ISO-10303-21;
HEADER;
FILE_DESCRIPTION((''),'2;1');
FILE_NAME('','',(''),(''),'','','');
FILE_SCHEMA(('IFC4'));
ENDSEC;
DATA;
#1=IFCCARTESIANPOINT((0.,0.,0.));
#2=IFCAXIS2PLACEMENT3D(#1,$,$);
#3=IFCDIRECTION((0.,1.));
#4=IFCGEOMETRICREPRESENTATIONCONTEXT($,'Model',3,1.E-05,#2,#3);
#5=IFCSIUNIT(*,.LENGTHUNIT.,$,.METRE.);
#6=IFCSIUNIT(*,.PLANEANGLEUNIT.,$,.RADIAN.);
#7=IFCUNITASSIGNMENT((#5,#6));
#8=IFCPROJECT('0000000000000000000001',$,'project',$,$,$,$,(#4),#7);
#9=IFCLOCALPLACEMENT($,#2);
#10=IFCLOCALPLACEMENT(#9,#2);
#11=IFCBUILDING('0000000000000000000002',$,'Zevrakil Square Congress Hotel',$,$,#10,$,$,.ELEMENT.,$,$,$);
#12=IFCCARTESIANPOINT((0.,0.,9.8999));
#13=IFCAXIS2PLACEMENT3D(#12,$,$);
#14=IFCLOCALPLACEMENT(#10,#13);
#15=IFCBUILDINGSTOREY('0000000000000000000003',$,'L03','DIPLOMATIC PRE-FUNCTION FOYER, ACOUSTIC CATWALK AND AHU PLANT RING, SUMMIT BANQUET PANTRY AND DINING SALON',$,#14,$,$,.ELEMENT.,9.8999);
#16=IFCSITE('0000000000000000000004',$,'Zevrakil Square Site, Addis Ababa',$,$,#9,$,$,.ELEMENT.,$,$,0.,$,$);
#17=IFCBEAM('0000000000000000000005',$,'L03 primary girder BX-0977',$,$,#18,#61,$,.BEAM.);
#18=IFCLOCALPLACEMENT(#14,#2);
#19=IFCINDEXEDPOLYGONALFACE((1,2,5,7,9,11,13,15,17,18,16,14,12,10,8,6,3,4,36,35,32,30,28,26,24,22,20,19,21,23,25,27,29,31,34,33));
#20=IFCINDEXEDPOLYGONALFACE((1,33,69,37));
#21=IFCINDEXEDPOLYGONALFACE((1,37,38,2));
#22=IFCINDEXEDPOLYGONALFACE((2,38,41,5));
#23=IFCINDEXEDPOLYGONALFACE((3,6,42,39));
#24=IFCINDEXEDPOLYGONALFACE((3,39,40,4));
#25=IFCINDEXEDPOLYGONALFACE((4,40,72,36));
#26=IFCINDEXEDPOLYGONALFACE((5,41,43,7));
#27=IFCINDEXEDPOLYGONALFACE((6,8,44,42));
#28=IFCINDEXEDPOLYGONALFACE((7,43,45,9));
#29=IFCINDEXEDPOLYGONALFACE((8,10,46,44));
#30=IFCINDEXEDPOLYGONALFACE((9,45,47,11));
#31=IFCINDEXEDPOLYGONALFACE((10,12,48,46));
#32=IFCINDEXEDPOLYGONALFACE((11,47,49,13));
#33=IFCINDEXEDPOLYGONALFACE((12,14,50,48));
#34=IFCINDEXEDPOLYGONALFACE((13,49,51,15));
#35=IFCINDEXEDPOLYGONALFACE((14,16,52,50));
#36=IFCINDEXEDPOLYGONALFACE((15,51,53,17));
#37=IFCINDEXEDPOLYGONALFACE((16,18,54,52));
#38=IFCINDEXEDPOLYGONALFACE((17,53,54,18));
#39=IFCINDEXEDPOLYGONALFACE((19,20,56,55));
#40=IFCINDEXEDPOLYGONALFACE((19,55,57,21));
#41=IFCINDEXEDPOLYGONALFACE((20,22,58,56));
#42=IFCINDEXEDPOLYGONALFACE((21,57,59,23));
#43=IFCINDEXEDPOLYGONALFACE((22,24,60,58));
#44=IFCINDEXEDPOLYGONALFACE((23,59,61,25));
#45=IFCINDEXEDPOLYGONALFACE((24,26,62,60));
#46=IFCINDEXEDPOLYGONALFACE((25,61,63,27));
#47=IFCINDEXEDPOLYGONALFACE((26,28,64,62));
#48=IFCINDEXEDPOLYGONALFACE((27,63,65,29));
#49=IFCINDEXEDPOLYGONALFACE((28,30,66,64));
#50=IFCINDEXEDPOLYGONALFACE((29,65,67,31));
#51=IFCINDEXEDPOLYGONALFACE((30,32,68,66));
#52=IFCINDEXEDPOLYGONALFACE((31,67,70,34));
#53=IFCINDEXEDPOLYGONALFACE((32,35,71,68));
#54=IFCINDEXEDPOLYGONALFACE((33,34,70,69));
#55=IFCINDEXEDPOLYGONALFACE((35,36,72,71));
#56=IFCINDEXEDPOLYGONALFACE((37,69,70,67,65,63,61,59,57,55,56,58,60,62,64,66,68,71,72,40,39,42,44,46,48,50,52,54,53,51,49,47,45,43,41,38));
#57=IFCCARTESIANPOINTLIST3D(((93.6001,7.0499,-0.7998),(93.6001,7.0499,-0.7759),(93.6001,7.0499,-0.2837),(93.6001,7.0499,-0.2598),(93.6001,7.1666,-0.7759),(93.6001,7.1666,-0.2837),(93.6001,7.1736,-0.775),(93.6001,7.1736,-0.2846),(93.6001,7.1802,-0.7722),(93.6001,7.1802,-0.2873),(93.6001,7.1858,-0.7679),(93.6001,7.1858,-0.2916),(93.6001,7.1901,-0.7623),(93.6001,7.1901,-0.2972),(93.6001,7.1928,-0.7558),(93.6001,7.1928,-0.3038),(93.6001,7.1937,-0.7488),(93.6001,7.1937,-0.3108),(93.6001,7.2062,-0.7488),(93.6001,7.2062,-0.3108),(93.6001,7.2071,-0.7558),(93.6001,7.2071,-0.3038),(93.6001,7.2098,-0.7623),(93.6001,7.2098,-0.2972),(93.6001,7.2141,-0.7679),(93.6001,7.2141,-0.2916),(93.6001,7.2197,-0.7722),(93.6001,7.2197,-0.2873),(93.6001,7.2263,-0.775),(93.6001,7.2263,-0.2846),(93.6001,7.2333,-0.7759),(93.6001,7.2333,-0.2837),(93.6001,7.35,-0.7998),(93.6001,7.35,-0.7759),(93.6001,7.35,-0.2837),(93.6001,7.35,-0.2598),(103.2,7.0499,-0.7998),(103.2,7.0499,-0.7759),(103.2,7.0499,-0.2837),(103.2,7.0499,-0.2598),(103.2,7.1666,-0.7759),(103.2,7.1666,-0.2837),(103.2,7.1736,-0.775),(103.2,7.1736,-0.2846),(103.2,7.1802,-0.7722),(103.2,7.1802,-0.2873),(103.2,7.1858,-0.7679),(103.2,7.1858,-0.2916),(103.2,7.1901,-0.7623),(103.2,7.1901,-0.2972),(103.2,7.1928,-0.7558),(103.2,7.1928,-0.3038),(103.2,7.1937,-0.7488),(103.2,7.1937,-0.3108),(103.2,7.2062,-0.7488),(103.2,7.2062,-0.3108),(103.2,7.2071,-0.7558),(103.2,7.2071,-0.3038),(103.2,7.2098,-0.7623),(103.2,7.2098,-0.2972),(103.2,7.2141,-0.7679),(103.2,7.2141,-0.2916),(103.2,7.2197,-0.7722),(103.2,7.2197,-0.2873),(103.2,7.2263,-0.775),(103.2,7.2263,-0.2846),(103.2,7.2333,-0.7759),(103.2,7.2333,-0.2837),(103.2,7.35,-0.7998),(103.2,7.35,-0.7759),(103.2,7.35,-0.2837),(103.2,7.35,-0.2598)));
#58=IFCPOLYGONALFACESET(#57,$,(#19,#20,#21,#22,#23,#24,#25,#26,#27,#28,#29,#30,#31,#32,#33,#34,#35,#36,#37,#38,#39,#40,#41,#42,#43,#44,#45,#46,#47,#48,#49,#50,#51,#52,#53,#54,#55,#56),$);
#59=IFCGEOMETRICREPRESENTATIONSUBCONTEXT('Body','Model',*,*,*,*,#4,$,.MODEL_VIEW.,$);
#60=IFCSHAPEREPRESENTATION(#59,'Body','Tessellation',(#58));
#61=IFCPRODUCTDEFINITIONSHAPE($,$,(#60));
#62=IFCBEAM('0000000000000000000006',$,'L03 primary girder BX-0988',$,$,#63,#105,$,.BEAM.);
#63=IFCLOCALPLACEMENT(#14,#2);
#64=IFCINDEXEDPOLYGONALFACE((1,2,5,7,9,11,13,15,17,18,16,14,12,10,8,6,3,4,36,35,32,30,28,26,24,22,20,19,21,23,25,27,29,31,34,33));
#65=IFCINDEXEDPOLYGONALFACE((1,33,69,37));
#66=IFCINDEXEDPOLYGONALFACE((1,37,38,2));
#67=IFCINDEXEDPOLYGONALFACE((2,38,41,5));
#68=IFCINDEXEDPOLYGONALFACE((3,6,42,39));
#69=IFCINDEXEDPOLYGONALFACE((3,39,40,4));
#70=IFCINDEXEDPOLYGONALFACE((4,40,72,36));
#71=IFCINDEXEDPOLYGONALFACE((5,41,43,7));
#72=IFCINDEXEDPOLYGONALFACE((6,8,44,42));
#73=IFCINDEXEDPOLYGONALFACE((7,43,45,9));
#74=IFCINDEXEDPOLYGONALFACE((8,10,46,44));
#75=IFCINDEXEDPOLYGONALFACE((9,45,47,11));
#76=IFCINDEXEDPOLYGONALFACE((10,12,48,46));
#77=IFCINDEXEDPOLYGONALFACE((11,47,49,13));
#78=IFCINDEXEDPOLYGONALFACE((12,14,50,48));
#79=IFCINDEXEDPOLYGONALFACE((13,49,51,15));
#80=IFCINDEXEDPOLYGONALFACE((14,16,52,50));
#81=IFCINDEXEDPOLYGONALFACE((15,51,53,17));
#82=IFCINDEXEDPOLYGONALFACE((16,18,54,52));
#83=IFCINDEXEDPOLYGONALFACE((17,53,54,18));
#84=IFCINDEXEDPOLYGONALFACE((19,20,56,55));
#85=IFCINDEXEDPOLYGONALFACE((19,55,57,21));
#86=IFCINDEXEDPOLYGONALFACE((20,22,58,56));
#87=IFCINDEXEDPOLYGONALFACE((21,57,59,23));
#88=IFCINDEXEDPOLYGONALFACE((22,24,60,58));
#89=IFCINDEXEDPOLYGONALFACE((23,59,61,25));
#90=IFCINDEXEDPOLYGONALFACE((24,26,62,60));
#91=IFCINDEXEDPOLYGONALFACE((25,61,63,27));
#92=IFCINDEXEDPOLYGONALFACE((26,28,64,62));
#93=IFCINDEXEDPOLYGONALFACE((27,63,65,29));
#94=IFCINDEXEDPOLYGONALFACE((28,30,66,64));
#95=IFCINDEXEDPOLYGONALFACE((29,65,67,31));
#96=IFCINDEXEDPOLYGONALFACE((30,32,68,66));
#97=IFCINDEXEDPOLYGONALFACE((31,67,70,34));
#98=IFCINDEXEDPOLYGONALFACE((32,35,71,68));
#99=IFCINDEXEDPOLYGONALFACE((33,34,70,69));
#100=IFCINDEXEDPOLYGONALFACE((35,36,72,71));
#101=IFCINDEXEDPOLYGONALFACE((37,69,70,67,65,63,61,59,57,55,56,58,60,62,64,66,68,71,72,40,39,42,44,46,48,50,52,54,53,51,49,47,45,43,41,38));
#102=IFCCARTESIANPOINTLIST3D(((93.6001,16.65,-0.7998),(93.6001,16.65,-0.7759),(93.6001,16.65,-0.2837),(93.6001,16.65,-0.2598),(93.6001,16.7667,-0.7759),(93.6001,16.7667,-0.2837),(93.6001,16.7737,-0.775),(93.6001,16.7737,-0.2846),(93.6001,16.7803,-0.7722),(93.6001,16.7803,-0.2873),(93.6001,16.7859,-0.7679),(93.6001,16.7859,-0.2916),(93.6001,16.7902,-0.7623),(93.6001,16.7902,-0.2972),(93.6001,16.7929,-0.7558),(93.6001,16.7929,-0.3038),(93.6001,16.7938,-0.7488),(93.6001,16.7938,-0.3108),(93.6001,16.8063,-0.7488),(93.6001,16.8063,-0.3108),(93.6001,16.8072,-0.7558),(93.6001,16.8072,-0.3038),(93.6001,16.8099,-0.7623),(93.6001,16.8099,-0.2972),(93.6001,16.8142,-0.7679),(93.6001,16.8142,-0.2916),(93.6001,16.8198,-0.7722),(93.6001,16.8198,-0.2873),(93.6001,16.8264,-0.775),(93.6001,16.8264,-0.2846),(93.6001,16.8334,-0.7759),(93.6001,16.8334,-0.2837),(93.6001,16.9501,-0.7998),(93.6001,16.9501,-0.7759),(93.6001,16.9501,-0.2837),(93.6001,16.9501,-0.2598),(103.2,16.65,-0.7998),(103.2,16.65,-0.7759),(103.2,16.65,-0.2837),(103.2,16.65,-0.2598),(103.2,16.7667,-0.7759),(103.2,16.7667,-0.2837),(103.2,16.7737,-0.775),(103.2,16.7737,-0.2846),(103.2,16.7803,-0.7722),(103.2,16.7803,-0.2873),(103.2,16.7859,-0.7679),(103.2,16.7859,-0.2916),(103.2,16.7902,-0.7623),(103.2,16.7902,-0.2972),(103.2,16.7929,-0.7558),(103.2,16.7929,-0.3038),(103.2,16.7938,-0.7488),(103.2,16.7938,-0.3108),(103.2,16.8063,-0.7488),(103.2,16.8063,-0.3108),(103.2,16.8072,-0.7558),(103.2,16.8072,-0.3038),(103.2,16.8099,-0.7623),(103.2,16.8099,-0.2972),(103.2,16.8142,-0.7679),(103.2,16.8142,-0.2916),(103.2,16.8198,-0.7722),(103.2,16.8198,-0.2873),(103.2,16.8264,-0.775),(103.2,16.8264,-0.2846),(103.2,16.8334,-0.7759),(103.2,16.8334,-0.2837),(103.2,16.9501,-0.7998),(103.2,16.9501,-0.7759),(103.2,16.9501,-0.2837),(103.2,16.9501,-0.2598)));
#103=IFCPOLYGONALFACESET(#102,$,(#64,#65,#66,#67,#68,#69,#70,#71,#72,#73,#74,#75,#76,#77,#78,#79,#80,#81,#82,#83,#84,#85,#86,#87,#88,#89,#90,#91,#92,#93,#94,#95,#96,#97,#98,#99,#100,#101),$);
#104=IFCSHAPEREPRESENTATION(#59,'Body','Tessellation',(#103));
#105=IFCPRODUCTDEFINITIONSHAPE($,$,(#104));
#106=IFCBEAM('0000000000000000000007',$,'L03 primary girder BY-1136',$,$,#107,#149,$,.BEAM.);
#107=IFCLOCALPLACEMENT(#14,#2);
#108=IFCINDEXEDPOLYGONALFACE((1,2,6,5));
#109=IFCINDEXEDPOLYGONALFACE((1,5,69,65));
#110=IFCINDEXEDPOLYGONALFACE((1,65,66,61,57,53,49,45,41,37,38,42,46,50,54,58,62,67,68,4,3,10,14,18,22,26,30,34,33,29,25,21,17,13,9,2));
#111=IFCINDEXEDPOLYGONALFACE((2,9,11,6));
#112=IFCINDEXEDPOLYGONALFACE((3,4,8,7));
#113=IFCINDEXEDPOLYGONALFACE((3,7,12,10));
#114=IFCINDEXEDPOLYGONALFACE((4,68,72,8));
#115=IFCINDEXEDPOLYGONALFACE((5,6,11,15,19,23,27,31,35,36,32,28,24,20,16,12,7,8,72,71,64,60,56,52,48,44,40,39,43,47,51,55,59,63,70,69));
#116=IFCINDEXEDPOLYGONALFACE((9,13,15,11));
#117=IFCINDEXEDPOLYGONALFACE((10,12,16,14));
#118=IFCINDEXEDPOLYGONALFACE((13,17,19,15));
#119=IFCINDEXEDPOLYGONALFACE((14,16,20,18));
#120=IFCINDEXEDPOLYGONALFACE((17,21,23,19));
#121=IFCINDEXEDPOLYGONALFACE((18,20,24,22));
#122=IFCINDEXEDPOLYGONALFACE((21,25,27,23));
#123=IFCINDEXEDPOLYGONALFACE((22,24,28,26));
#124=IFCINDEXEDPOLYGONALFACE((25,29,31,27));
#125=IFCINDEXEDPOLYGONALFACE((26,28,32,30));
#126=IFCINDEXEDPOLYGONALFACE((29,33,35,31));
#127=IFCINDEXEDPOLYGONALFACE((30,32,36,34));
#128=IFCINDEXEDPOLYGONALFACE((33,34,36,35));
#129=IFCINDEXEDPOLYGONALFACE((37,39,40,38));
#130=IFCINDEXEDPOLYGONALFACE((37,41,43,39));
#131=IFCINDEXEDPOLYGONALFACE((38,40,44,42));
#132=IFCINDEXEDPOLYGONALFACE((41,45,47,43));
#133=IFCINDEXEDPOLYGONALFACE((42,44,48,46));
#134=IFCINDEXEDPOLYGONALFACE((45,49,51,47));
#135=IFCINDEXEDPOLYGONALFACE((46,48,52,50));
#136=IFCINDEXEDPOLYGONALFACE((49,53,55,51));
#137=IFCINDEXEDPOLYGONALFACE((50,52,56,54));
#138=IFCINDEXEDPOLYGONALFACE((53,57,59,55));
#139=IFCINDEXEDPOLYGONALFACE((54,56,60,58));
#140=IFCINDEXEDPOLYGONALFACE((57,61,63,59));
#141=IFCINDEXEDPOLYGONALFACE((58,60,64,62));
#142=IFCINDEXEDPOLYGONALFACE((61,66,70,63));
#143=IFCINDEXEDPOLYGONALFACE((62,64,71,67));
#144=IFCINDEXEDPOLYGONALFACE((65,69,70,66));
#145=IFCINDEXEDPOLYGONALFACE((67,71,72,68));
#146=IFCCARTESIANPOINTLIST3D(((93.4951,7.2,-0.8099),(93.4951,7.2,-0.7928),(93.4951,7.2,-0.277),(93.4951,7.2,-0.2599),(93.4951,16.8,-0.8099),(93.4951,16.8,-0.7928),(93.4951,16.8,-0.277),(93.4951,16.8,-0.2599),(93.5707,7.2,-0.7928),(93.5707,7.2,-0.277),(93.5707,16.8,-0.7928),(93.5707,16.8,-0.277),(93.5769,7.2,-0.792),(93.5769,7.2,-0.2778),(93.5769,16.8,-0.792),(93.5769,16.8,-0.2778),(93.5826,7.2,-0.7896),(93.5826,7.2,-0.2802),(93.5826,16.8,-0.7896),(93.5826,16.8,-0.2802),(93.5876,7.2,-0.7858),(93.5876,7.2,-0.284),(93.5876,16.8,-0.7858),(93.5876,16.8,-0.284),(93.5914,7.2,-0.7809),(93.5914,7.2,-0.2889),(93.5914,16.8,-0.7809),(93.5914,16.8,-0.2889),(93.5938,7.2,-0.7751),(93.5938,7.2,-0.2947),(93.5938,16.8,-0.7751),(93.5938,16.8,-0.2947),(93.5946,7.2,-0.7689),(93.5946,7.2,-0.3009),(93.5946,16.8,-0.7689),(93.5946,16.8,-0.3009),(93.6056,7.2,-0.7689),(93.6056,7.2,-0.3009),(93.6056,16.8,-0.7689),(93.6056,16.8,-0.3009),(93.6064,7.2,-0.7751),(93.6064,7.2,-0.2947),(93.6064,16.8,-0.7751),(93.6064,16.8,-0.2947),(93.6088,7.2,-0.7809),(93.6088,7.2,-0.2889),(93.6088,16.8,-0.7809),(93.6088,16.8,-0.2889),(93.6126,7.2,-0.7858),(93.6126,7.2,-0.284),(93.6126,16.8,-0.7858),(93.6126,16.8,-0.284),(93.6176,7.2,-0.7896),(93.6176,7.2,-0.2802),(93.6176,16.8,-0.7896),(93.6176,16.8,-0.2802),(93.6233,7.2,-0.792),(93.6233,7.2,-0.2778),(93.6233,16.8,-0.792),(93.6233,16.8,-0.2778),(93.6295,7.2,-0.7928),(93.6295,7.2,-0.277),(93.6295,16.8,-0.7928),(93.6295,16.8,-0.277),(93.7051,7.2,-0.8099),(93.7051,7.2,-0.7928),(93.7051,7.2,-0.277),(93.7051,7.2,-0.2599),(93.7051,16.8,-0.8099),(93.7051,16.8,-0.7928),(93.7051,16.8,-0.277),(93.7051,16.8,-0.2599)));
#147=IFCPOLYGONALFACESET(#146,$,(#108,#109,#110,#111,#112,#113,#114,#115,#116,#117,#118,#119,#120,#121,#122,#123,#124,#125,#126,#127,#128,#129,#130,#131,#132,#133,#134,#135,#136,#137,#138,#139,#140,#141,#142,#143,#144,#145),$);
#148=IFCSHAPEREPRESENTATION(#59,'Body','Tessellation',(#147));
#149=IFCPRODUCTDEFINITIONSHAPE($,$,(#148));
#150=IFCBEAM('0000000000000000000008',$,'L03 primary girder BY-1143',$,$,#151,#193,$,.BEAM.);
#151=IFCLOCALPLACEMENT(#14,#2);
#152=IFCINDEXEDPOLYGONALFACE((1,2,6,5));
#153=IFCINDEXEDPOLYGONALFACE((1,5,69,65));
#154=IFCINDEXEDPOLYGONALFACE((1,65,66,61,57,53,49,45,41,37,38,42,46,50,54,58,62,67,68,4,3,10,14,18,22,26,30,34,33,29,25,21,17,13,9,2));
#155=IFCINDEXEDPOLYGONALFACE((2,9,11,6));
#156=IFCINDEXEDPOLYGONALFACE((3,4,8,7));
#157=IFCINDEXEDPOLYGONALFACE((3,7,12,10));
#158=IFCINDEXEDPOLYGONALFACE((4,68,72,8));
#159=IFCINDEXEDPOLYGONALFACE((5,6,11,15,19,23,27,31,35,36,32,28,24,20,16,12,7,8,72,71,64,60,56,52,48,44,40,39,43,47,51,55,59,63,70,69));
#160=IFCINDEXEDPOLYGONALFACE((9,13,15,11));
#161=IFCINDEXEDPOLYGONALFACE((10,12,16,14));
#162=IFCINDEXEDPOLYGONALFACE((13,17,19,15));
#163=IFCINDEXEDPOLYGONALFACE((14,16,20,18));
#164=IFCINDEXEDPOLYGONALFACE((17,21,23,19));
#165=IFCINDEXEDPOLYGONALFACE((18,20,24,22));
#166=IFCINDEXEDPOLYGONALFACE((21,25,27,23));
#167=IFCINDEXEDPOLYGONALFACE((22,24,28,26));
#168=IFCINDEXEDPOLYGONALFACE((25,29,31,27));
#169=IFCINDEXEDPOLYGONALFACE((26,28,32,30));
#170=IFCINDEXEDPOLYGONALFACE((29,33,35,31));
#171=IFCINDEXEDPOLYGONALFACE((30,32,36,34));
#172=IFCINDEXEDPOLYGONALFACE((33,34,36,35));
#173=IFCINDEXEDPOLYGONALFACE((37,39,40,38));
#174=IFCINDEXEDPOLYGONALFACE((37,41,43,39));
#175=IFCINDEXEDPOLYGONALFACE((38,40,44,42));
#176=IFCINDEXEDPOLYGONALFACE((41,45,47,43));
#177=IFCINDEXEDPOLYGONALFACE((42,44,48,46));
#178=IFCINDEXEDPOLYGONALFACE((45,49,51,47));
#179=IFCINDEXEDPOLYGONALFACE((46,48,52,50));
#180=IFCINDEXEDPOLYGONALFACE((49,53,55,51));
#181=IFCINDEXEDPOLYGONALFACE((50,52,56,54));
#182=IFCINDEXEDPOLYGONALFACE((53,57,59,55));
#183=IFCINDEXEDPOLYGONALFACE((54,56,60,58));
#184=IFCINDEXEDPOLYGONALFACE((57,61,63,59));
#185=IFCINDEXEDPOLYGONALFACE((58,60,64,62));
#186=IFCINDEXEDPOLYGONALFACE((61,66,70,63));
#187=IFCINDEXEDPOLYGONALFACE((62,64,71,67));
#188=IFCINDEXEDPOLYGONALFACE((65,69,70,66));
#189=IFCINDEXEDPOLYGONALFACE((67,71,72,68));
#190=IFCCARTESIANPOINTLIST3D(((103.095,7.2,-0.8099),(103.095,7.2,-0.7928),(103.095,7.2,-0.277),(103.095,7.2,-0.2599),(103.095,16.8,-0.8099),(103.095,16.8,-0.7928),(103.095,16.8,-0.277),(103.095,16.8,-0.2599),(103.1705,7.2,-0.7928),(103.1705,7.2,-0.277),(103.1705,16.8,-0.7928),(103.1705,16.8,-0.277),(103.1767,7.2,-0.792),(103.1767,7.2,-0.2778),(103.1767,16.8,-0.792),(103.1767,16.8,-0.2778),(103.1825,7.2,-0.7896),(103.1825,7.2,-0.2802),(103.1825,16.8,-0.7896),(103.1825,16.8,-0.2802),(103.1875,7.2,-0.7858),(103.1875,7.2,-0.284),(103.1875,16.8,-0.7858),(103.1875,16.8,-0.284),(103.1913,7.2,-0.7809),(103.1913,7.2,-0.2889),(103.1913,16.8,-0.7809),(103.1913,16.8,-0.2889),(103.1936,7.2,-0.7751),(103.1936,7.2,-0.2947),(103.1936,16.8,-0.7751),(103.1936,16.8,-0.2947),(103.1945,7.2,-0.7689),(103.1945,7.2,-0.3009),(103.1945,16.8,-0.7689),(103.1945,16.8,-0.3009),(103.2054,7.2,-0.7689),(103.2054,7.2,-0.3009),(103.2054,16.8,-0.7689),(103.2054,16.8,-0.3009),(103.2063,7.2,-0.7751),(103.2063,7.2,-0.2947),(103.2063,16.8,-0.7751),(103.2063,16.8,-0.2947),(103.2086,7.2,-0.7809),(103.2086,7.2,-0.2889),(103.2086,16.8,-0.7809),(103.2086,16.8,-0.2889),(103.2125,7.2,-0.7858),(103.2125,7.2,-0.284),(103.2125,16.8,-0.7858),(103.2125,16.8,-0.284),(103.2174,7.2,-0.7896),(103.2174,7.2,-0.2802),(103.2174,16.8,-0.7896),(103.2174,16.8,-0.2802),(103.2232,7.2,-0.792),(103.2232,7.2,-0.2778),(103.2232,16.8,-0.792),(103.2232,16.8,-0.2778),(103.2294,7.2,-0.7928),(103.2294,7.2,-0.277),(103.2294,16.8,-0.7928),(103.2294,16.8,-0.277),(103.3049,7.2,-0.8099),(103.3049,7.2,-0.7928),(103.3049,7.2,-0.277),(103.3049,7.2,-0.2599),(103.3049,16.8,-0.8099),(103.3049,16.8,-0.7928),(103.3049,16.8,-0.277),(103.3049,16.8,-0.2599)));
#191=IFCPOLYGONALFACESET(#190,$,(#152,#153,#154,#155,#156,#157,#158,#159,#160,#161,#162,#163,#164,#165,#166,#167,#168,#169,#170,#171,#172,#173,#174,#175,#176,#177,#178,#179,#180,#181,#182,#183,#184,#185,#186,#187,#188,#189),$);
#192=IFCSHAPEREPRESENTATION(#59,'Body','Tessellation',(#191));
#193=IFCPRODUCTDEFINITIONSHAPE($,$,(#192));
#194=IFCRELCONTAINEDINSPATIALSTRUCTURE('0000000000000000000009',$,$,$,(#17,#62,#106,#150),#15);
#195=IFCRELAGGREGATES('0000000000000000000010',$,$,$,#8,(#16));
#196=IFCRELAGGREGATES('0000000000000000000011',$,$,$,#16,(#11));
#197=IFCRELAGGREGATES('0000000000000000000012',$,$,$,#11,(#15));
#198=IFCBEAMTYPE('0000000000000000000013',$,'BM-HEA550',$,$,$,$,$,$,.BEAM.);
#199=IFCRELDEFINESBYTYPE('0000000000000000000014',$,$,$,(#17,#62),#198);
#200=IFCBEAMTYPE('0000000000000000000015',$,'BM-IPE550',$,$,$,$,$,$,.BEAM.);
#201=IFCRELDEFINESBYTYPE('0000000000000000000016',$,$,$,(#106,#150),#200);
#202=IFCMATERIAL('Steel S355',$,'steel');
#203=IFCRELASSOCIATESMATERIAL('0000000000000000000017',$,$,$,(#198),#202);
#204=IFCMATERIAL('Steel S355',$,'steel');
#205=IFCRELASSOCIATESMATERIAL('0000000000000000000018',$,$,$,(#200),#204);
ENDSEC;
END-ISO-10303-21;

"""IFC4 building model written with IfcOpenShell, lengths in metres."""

from ifc_helpers import new_model, si_unit, direction, frame, origin, origin_2d, place, context, subcontext, project, spatial, i_section, extrude, material, material_profile, profile_set, type_object, element, save


model = new_model("IFC4")

# Units and contexts
model_context = context("Model", 3, precision=1e-05, world=origin(), true_north=direction((0.0, 1.0)))
body_context = subcontext(model_context, "Body", "Model", "MODEL_VIEW")
ifc_project = project(units=[si_unit("LENGTHUNIT", "METRE"), si_unit("PLANEANGLEUNIT", "RADIAN")], contexts=[model_context])

# Site, building, storey
site_placement = place(None, origin())
site = spatial("IfcSite", under=ifc_project, at=site_placement, Name="Zevrakil Square Site, Addis Ababa", CompositionType="ELEMENT", RefElevation=0.0)
building_placement = place(site_placement, origin())
building = spatial("IfcBuilding", under=site, at=building_placement, Name="Zevrakil Square Congress Hotel", CompositionType="ELEMENT")
storey_placement = place(building_placement, frame((0.0, 0.0, 9.8999)))
storey = spatial("IfcBuildingStorey", under=building, at=storey_placement, Name="L03", Description="DIPLOMATIC PRE-FUNCTION FOYER, ACOUSTIC CATWALK AND AHU PLANT RING, SUMMIT BANQUET PANTRY AND DINING SALON", CompositionType="ELEMENT", Elevation=9.8999)

# Beams
ifc_material_1 = material(Name="Steel S355", Category="steel")
ifc_material_profile_1 = material_profile(ifc_material_1, i_section(OverallWidth=0.3, OverallDepth=0.54, WebThickness=0.0125, FlangeThickness=0.0239, FilletRadius=0.0271, at=origin_2d()), Name="HEA 550")
ifc_profile_set_1 = profile_set([ifc_material_profile_1], Name="Steel S355")
beam_type_1 = type_object("IfcBeamType", Name="BM-HEA550", PredefinedType="BEAM", material=ifc_profile_set_1)
for number, where, z_axis, x_axis, name in (
    (1, (93.6001, 7.2, -0.5298), (1.0, 0.0, 0.0), (0.0, 1.0, 0.0), "L03 primary girder BX-0977"),
    (2, (93.6001, 16.8, -0.5298), (1.0, 0.0, 0.0), (0.0, 1.0, 0.0), "L03 primary girder BX-0988"),
):
    element("IfcBeam", number, at=place(storey_placement, frame(where, z_axis=z_axis, x_axis=x_axis)), inside=storey, type_object=beam_type_1, Name=name, PredefinedType="BEAM", context=body_context, shape_type="SweptSolid", body=[
        extrude(i_section(OverallWidth=0.3, OverallDepth=0.54, WebThickness=0.0125, FlangeThickness=0.0239, FilletRadius=0.0271, at=origin_2d()), origin(), (0.0, 0.0, 1.0), 9.5999),
    ])
ifc_material_2 = material(Name="Steel S355", Category="steel")
ifc_material_profile_2 = material_profile(ifc_material_2, i_section(OverallWidth=0.21, OverallDepth=0.55, WebThickness=0.011, FlangeThickness=0.0171, FilletRadius=0.0239, at=origin_2d()), Name="IPE 550")
ifc_profile_set_2 = profile_set([ifc_material_profile_2], Name="Steel S355")
beam_type_2 = type_object("IfcBeamType", Name="BM-IPE550", PredefinedType="BEAM", material=ifc_profile_set_2)
for number, where, z_axis, x_axis, name in (
    (3, (93.6001, 7.2, -0.5349), (0.0, 1.0, 0.0), (-1.0, 0.0, 0.0), "L03 primary girder BY-1136"),
    (4, (103.2, 7.2, -0.5349), (0.0, 1.0, 0.0), (-1.0, 0.0, 0.0), "L03 primary girder BY-1143"),
):
    element("IfcBeam", number, at=place(storey_placement, frame(where, z_axis=z_axis, x_axis=x_axis)), inside=storey, type_object=beam_type_2, Name=name, PredefinedType="BEAM", context=body_context, shape_type="SweptSolid", body=[
        extrude(i_section(OverallWidth=0.21, OverallDepth=0.55, WebThickness=0.011, FlangeThickness=0.0171, FilletRadius=0.0239, at=origin_2d()), origin(), (0.0, 0.0, 1.0), 9.6001),
    ])

save(model, "model.ifc")
